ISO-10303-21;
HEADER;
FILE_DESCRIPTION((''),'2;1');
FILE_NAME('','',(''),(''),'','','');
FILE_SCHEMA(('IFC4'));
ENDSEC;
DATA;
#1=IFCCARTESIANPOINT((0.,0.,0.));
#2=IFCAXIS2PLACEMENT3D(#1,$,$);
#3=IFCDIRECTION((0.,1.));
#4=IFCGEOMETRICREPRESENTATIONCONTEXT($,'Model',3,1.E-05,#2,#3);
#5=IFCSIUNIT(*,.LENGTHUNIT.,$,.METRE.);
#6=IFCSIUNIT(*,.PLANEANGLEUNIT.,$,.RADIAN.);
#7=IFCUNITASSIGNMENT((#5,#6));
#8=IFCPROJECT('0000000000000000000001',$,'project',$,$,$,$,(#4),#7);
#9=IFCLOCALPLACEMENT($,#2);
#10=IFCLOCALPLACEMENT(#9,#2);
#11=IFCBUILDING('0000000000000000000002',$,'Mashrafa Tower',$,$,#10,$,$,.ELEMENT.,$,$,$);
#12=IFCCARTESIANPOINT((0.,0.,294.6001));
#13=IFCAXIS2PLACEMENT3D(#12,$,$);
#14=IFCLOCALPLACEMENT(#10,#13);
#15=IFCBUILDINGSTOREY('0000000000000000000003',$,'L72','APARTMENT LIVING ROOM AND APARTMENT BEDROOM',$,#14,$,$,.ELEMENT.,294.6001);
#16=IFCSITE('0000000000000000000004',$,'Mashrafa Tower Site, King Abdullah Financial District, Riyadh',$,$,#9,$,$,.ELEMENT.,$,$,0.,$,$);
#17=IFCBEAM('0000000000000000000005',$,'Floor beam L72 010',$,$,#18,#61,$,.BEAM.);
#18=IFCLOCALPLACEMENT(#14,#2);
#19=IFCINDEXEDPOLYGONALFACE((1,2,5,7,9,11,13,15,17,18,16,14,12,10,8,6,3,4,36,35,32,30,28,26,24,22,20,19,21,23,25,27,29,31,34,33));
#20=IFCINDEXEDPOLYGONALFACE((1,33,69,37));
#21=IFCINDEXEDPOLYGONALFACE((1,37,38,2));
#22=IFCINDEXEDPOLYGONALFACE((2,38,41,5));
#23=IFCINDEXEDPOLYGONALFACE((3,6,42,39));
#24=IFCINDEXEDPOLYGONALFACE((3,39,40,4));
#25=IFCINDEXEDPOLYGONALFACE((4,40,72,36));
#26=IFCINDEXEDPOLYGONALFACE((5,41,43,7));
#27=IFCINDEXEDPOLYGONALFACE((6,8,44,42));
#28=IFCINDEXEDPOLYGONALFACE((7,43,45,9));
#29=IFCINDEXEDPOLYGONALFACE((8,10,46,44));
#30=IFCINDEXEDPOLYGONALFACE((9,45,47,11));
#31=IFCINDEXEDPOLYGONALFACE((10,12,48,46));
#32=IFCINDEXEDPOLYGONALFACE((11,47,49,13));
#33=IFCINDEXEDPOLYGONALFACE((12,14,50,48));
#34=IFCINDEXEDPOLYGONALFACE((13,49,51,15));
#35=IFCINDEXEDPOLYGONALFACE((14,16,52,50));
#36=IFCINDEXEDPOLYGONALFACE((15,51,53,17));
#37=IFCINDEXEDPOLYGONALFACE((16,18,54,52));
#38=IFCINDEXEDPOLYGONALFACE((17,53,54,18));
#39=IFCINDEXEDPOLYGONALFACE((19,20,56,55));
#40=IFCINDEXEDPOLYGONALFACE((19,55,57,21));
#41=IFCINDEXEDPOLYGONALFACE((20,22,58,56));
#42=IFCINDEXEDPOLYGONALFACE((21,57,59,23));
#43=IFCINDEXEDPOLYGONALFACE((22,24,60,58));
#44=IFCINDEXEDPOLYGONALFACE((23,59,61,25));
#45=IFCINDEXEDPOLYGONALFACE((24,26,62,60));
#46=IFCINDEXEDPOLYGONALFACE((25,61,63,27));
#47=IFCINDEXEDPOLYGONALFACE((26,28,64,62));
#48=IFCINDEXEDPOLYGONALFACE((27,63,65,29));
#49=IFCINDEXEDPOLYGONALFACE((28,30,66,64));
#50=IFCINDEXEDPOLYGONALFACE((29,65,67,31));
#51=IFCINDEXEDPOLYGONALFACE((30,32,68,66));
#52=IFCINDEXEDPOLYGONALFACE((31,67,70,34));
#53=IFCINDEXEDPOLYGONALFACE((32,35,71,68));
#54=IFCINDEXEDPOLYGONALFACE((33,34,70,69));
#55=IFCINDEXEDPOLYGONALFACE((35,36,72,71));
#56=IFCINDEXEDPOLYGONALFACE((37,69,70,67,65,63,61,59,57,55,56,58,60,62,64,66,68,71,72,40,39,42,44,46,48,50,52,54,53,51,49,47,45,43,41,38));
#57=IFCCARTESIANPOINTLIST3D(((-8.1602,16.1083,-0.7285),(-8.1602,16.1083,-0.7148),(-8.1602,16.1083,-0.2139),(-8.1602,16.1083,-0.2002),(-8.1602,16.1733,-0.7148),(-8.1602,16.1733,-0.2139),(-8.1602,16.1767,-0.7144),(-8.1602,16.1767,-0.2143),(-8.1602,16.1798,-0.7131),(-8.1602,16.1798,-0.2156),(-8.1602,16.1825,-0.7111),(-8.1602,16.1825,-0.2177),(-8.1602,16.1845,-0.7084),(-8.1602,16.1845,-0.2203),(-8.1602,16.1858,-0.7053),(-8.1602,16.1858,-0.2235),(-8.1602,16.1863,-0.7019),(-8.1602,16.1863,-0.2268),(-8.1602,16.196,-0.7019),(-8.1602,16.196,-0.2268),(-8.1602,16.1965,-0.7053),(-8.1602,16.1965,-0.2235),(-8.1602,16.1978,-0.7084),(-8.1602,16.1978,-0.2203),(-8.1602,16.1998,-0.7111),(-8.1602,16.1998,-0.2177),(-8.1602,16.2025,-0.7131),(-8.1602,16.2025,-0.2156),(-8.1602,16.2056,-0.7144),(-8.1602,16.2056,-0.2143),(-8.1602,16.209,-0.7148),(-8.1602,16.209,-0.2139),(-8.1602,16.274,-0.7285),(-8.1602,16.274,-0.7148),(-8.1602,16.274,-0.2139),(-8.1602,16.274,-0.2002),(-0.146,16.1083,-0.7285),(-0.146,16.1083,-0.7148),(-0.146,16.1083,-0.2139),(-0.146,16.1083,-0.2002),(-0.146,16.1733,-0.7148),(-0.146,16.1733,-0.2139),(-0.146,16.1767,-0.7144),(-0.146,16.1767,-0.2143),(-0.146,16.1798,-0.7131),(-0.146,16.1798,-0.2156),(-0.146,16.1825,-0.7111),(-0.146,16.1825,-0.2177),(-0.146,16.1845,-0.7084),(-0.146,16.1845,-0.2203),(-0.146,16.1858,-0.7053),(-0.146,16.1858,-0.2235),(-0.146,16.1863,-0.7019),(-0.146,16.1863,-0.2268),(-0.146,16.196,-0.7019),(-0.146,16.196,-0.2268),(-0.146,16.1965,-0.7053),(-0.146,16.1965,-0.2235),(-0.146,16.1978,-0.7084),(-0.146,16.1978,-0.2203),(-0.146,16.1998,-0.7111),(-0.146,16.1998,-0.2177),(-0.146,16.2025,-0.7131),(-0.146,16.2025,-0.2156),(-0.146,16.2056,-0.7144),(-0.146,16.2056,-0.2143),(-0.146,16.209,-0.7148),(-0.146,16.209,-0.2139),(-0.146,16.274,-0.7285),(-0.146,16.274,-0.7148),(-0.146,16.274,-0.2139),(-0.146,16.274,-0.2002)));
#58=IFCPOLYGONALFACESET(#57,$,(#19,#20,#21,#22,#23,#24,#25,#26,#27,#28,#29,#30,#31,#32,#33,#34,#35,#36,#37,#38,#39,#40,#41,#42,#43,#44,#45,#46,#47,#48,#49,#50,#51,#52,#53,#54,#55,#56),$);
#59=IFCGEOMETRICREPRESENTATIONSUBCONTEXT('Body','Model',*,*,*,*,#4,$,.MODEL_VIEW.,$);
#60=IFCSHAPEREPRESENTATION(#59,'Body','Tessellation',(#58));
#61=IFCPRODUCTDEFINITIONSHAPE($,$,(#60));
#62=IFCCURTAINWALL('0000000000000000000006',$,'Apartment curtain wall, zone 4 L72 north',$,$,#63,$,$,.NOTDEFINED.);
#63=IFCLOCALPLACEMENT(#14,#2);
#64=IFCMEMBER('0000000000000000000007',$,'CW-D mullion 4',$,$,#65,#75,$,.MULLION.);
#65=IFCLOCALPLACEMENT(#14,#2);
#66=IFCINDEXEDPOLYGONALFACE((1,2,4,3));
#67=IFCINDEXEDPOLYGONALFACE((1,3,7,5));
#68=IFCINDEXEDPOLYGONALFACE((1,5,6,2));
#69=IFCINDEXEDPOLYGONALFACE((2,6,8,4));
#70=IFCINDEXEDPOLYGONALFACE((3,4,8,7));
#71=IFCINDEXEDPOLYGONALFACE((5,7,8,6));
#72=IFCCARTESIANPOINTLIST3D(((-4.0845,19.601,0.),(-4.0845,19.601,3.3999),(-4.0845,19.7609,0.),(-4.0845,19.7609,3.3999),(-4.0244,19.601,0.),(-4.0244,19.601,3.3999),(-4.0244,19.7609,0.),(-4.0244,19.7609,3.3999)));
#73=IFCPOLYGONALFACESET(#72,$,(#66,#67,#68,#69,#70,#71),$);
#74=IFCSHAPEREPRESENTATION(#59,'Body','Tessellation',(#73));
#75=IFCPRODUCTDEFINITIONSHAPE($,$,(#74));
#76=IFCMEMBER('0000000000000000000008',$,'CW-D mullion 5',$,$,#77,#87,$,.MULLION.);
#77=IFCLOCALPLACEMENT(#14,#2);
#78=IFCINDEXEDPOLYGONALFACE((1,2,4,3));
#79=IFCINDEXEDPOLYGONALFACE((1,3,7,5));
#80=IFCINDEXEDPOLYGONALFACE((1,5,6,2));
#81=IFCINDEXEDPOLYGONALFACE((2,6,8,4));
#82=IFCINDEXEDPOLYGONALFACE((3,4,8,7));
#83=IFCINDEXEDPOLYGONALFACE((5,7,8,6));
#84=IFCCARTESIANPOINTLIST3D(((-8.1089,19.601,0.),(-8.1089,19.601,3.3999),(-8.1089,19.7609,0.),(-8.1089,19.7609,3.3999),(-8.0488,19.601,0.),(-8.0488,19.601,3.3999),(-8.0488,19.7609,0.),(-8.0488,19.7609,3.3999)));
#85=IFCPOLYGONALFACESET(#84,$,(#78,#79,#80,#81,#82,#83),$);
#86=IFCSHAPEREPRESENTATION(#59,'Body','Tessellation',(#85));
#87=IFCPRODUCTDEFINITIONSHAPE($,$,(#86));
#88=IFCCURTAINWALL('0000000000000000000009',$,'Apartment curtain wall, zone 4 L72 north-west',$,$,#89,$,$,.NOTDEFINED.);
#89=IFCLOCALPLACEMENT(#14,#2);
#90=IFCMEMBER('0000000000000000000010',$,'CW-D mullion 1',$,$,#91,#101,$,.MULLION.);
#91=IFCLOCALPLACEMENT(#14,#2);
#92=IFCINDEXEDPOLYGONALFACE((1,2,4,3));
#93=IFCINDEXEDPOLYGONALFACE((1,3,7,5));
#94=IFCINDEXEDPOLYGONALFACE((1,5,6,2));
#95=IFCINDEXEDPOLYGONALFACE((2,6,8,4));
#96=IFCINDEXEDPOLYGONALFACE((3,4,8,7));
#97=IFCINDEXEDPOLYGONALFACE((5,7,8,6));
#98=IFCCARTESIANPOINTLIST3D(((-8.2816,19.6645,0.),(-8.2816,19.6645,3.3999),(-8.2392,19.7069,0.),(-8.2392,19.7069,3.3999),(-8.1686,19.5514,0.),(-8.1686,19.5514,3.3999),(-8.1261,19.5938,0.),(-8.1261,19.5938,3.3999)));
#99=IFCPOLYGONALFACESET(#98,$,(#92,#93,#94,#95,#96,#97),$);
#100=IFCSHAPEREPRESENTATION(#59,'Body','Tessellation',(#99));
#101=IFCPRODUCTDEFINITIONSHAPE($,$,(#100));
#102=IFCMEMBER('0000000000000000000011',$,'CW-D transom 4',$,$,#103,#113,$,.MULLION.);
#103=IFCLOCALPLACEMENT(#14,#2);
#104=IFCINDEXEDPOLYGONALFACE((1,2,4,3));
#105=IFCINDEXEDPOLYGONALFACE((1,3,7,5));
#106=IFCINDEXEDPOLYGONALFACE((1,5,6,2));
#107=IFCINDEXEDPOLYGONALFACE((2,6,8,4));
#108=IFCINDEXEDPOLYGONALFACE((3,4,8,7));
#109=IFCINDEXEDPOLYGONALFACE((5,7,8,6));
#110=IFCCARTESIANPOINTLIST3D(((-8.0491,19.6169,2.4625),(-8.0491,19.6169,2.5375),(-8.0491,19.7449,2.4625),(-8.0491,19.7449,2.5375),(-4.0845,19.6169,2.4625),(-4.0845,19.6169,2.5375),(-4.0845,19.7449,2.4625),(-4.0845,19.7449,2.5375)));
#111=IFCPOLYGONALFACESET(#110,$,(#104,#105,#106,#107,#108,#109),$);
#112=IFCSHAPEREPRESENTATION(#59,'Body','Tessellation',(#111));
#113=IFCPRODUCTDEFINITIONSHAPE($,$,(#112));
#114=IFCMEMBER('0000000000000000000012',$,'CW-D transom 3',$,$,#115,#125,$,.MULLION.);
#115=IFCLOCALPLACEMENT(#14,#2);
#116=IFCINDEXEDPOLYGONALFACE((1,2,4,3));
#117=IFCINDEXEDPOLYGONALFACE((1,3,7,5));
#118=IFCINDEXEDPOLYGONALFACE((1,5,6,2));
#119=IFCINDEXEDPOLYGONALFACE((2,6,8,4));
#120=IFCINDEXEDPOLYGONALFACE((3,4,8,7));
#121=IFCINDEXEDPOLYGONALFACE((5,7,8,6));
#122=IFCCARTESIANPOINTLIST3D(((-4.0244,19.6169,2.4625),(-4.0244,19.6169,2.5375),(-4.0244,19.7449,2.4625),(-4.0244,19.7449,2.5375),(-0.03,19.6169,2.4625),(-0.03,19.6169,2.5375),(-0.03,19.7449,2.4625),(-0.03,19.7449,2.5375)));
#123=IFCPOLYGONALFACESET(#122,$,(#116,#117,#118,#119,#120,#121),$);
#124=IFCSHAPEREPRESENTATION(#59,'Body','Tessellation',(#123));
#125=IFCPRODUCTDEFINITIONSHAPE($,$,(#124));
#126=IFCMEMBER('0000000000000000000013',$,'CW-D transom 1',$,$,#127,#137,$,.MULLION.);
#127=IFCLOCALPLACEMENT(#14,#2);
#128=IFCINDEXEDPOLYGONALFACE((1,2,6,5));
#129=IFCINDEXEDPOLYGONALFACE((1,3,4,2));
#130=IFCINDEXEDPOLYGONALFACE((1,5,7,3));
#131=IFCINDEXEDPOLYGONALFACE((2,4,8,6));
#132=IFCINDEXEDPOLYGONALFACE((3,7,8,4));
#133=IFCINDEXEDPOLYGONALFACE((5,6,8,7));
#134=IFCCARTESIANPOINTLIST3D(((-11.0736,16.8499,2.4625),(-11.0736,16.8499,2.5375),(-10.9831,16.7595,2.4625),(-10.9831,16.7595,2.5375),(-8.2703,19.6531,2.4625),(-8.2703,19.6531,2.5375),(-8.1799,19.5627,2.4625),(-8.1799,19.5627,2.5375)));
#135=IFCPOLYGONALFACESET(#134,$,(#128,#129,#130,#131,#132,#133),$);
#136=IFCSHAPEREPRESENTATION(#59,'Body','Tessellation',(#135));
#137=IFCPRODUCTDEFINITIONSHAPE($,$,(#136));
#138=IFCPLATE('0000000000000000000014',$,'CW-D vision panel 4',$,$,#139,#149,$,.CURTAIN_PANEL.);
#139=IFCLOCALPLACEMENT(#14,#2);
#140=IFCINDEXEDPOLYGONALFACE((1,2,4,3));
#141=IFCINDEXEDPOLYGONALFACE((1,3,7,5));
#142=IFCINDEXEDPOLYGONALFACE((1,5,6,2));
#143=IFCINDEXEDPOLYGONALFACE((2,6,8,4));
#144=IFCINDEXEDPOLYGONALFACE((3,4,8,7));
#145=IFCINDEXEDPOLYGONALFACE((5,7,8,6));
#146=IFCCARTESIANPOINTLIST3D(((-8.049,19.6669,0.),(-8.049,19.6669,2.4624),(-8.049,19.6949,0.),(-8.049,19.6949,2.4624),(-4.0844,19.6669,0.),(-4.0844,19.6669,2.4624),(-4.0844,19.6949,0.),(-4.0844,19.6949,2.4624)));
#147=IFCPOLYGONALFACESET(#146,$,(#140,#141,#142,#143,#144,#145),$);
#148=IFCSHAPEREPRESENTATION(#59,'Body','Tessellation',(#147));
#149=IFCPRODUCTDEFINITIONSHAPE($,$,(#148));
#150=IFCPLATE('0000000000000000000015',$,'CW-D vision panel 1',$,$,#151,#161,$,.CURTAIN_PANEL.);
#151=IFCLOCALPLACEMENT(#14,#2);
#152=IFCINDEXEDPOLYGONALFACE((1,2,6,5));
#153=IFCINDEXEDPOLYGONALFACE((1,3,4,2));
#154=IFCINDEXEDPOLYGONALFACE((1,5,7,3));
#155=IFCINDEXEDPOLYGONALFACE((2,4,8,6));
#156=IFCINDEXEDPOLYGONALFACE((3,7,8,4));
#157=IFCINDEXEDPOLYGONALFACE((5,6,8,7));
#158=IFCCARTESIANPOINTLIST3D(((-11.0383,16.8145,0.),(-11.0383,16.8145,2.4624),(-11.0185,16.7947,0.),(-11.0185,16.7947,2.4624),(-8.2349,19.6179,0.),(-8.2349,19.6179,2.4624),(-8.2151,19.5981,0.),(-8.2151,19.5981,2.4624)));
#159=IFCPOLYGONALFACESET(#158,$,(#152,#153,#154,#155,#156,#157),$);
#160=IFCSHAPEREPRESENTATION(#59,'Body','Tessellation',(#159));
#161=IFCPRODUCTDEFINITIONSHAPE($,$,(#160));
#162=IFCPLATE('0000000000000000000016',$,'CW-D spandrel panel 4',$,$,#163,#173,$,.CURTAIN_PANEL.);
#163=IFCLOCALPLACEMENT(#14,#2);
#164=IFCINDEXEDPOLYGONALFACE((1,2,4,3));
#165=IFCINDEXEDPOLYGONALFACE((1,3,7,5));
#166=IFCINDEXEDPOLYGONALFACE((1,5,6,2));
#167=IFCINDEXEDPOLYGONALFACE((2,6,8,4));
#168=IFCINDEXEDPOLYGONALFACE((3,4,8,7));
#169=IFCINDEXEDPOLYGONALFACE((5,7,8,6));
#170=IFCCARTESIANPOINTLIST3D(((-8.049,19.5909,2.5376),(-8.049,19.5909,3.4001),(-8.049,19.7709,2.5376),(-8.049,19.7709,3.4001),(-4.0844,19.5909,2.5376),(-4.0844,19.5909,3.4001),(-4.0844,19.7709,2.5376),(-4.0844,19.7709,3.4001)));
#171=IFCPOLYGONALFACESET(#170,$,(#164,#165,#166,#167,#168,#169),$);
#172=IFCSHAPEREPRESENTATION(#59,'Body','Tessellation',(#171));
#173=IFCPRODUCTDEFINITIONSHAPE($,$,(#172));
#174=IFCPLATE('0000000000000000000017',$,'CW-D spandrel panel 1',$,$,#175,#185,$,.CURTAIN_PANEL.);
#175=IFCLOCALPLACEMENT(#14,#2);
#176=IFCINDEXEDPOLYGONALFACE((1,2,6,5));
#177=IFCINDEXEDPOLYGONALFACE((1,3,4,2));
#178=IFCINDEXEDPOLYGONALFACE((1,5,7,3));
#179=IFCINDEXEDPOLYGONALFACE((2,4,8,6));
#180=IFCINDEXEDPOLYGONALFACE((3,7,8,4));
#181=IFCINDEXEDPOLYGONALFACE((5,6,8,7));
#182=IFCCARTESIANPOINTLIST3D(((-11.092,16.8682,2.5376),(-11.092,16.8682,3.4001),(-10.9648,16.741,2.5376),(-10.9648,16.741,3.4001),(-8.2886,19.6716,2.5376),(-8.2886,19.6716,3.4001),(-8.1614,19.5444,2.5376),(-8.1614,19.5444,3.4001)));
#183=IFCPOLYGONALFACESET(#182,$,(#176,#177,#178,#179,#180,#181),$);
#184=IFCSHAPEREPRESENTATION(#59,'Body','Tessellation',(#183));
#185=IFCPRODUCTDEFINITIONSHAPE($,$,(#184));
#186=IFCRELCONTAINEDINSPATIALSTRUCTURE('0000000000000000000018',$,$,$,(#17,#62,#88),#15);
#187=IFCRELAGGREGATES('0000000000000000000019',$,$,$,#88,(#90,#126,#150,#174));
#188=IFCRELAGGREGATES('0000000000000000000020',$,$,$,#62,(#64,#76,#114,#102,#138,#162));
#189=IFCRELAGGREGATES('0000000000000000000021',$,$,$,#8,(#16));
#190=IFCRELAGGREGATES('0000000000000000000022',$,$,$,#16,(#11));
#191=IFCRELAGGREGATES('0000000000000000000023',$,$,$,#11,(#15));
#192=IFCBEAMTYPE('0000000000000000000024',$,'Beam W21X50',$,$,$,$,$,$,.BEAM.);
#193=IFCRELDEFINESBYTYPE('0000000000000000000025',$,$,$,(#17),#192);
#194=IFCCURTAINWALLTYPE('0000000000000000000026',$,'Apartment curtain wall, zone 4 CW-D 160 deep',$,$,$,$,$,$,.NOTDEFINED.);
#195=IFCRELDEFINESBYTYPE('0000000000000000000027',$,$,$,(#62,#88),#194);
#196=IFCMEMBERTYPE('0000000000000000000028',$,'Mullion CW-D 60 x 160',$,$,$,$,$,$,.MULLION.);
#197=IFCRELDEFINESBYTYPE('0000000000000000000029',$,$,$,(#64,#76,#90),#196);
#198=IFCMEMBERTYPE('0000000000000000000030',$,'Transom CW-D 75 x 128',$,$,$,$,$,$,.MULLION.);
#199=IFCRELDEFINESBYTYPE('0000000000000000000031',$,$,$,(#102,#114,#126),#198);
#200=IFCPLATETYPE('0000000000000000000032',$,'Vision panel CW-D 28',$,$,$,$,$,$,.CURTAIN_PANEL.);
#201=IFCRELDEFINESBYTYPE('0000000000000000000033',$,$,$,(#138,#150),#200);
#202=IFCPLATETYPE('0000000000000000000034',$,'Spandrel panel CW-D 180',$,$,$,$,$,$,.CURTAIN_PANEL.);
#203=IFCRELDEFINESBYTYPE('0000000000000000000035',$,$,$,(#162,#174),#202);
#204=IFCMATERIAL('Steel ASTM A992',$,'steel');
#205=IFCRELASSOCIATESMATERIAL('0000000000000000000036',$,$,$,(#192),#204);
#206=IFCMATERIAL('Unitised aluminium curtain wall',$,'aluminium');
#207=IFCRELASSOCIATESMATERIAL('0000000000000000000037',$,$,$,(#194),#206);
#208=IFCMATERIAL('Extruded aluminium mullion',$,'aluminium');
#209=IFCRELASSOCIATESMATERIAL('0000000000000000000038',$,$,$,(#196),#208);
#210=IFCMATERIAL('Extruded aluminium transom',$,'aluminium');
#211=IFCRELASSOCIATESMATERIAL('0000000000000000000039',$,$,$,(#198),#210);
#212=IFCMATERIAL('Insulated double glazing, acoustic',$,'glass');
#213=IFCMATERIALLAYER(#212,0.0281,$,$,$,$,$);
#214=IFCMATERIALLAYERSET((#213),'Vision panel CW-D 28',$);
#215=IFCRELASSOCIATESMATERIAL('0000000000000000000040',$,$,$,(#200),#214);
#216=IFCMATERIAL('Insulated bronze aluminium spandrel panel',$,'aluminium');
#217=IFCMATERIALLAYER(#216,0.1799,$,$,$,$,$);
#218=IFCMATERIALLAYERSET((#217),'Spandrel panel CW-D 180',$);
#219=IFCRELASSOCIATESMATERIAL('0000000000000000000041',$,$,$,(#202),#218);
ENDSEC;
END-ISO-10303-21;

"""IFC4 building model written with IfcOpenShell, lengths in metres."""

from ifc_helpers import new_model, si_unit, direction, frame, origin, origin_2d, place, context, subcontext, project, spatial, rectangle, i_section, extrude, source, transform, mapped, material, layer, layer_set, material_profile, profile_set, type_object, type_shapes, element, aggregate, save


model = new_model("IFC4")

# Units and contexts
model_context = context("Model", 3, precision=1e-05, world=origin(), true_north=direction((0.0, 1.0)))
body_context = subcontext(model_context, "Body", "Model", "MODEL_VIEW")
ifc_project = project(units=[si_unit("LENGTHUNIT", "METRE"), si_unit("PLANEANGLEUNIT", "RADIAN")], contexts=[model_context])

# Site, building, storey
site_placement = place(None, origin())
site = spatial("IfcSite", under=ifc_project, at=site_placement, Name="Mashrafa Tower Site, King Abdullah Financial District, Riyadh", CompositionType="ELEMENT", RefElevation=0.0)
building_placement = place(site_placement, origin())
building = spatial("IfcBuilding", under=site, at=building_placement, Name="Mashrafa Tower", CompositionType="ELEMENT")
storey_placement = place(building_placement, frame((0.0, 0.0, 294.6001)))
storey = spatial("IfcBuildingStorey", under=building, at=storey_placement, Name="L72", Description="APARTMENT LIVING ROOM AND APARTMENT BEDROOM", CompositionType="ELEMENT", Elevation=294.6001)

# Beam
ifc_material_1 = material(Name="Steel ASTM A992", Category="steel")
ifc_material_profile_1 = material_profile(ifc_material_1, i_section(OverallWidth=0.1658, OverallDepth=0.5283, WebThickness=0.0098, FlangeThickness=0.0137, FilletRadius=0.0129, at=origin_2d()), Name="W21X50")
ifc_profile_set_1 = profile_set([ifc_material_profile_1], Name="Steel ASTM A992")
beam_type_1 = type_object("IfcBeamType", Name="Beam W21X50", PredefinedType="BEAM", material=ifc_profile_set_1)
beam_1_placement = place(storey_placement, frame((-8.1602, 16.1912, -0.4644), z_axis=(1.0, 0.0, 0.0), x_axis=(0.0, 1.0, 0.0)))
element("IfcBeam", 1, at=beam_1_placement, inside=storey, type_object=beam_type_1, Name="Floor beam L72 010", PredefinedType="BEAM", context=body_context, shape_type="SweptSolid", body=[
    extrude(i_section(OverallWidth=0.1658, OverallDepth=0.5283, WebThickness=0.0098, FlangeThickness=0.0137, FilletRadius=0.0129, at=origin_2d()), origin(), (0.0, 0.0, 1.0), 8.0142),
])

# Curtain wall, members
ifc_material_2 = material(Name="Unitised aluminium curtain wall", Category="aluminium")
curtain_wall_type = type_object("IfcCurtainWallType", Name="Apartment curtain wall, zone 4 CW-D 160 deep", PredefinedType="NOTDEFINED", material=ifc_material_2)
curtain_wall_1_placement = place(storey_placement, origin())
curtain_wall_1 = element("IfcCurtainWall", 2, at=curtain_wall_1_placement, inside=storey, type_object=curtain_wall_type, Name="Apartment curtain wall, zone 4 L72 north", PredefinedType="NOTDEFINED")
ifc_material_3 = material(Name="Extruded aluminium mullion", Category="aluminium")
ifc_material_profile_2 = material_profile(ifc_material_3, rectangle(XDim=0.1599, YDim=0.0601, at=origin_2d()), Name="Mullion 60x160")
ifc_profile_set_2 = profile_set([ifc_material_profile_2], Name="Extruded aluminium mullion")
member_type_1 = type_object("IfcMemberType", Name="Mullion CW-D 60 x 160", PredefinedType="MULLION", material=ifc_profile_set_2)
shared_shape_1 = source(origin(), body_context, "Body", "SweptSolid", [
    extrude(rectangle(XDim=0.1599, YDim=0.0601, at=origin_2d()), origin(), (0.0, 0.0, 1.0), 3.3999),
])
type_shapes(member_type_1, [shared_shape_1])
member_1_placement = place(storey_placement, frame((-4.0544, 19.6809, 0.0), z_axis=(0.0, 0.0, 1.0), x_axis=(0.0, -1.0, 0.0)))
member_1 = element("IfcMember", 3, at=member_1_placement, type_object=member_type_1, Name="CW-D mullion 4", PredefinedType="MULLION", context=body_context, shape_type="MappedRepresentation", body=[
    mapped(shared_shape_1, transform((0.0, 0.0, 0.0))),
])
member_2_placement = place(storey_placement, frame((-8.0789, 19.6809, 0.0), z_axis=(0.0, 0.0, 1.0), x_axis=(0.0, -1.0, 0.0)))
member_2 = element("IfcMember", 4, at=member_2_placement, type_object=member_type_1, Name="CW-D mullion 5", PredefinedType="MULLION", context=body_context, shape_type="MappedRepresentation", body=[
    mapped(shared_shape_1, transform((0.0, 0.0, 0.0))),
])

# Curtain wall, member
curtain_wall_2_placement = place(storey_placement, origin())
curtain_wall_2 = element("IfcCurtainWall", 5, at=curtain_wall_2_placement, inside=storey, type_object=curtain_wall_type, Name="Apartment curtain wall, zone 4 L72 north-west", PredefinedType="NOTDEFINED")
member_3_placement = place(storey_placement, frame((-8.2039, 19.6292, 0.0), z_axis=(0.0, 0.0, 1.0), x_axis=(0.707107, -0.707107, 0.0)))
member_3 = element("IfcMember", 6, at=member_3_placement, type_object=member_type_1, Name="CW-D mullion 1", PredefinedType="MULLION", context=body_context, shape_type="MappedRepresentation", body=[
    mapped(shared_shape_1, transform((0.0, 0.0, 0.0))),
])

# Members
ifc_material_4 = material(Name="Extruded aluminium transom", Category="aluminium")
ifc_material_profile_3 = material_profile(ifc_material_4, rectangle(XDim=0.1279, YDim=0.075, at=origin_2d()), Name="Transom 75x128")
ifc_profile_set_3 = profile_set([ifc_material_profile_3], Name="Extruded aluminium transom")
member_type_2 = type_object("IfcMemberType", Name="Transom CW-D 75 x 128", PredefinedType="MULLION", material=ifc_profile_set_3)
shared_shape_2 = source(origin(), body_context, "Body", "SweptSolid", [
    extrude(rectangle(XDim=0.1279, YDim=0.075, at=origin_2d()), origin(), (0.0, 0.0, 1.0), 3.9646),
])
member_4_placement = place(storey_placement, frame((-4.0845, 19.6809, 2.5), z_axis=(-1.0, 0.0, 0.0), x_axis=(0.0, -1.0, 0.0)))
member_4 = element("IfcMember", 7, at=member_4_placement, type_object=member_type_2, Name="CW-D transom 4", PredefinedType="MULLION", context=body_context, shape_type="MappedRepresentation", body=[
    mapped(shared_shape_2, transform((0.0, 0.0, 0.0))),
])
shared_shape_3 = source(origin(), body_context, "Body", "SweptSolid", [
    extrude(rectangle(XDim=0.1279, YDim=0.075, at=origin_2d()), origin(), (0.0, 0.0, 1.0), 3.9944),
])
member_5_placement = place(storey_placement, frame((-0.03, 19.6809, 2.5), z_axis=(-1.0, 0.0, 0.0), x_axis=(0.0, -1.0, 0.0)))
member_5 = element("IfcMember", 8, at=member_5_placement, type_object=member_type_2, Name="CW-D transom 3", PredefinedType="MULLION", context=body_context, shape_type="MappedRepresentation", body=[
    mapped(shared_shape_3, transform((0.0, 0.0, 0.0))),
])
shared_shape_4 = source(origin(), body_context, "Body", "SweptSolid", [
    extrude(rectangle(XDim=0.1279, YDim=0.075, at=origin_2d()), origin(), (0.0, 0.0, 1.0), 3.9644),
])
type_shapes(member_type_2, [shared_shape_2, shared_shape_3, shared_shape_4])
member_6_placement = place(storey_placement, frame((-8.2251, 19.6079, 2.5), z_axis=(-0.707107, -0.707107, 0.0), x_axis=(0.707107, -0.707107, 0.0)))
member_6 = element("IfcMember", 9, at=member_6_placement, type_object=member_type_2, Name="CW-D transom 1", PredefinedType="MULLION", context=body_context, shape_type="MappedRepresentation", body=[
    mapped(shared_shape_4, transform((0.0, 0.0, 0.0))),
])

# Plates
ifc_material_5 = material(Name="Insulated double glazing, acoustic", Category="glass")
ifc_layer_1 = layer(ifc_material_5, 0.0281)
ifc_layer_set_1 = layer_set([ifc_layer_1], Name="Vision panel CW-D 28")
plate_type_1 = type_object("IfcPlateType", Name="Vision panel CW-D 28", PredefinedType="CURTAIN_PANEL", material=ifc_layer_set_1)
shared_shape_5 = source(origin(), body_context, "Body", "SweptSolid", [
    extrude(rectangle(XDim=3.9646, YDim=0.0281, at=origin_2d()), origin(), (0.0, 0.0, 1.0), 2.4624),
])
plate_1_placement = place(storey_placement, frame((-6.0667, 19.6809, 0.0), z_axis=(0.0, 0.0, 1.0), x_axis=(-1.0, 0.0, 0.0)))
plate_1 = element("IfcPlate", 10, at=plate_1_placement, type_object=plate_type_1, Name="CW-D vision panel 4", PredefinedType="CURTAIN_PANEL", context=body_context, shape_type="MappedRepresentation", body=[
    mapped(shared_shape_5, transform((0.0, 0.0, 0.0))),
])
plate_2_placement = place(storey_placement, frame((-9.6267, 18.2063, 0.0), z_axis=(0.0, 0.0, 1.0), x_axis=(-0.707107, -0.707107, 0.0)))
plate_2 = element("IfcPlate", 11, at=plate_2_placement, type_object=plate_type_1, Name="CW-D vision panel 1", PredefinedType="CURTAIN_PANEL", context=body_context, shape_type="MappedRepresentation", body=[
    mapped(shared_shape_5, transform((0.0, 0.0, 0.0))),
])
ifc_material_6 = material(Name="Insulated bronze aluminium spandrel panel", Category="aluminium")
ifc_layer_2 = layer(ifc_material_6, 0.1799)
ifc_layer_set_2 = layer_set([ifc_layer_2], Name="Spandrel panel CW-D 180")
plate_type_2 = type_object("IfcPlateType", Name="Spandrel panel CW-D 180", PredefinedType="CURTAIN_PANEL", material=ifc_layer_set_2)
shared_shape_6 = source(origin(), body_context, "Body", "SweptSolid", [
    extrude(rectangle(XDim=3.9646, YDim=0.1799, at=origin_2d()), origin(), (0.0, 0.0, 1.0), 0.8625),
])
plate_3_placement = place(storey_placement, frame((-6.0667, 19.6809, 2.5376), z_axis=(0.0, 0.0, 1.0), x_axis=(-1.0, 0.0, 0.0)))
plate_3 = element("IfcPlate", 12, at=plate_3_placement, type_object=plate_type_2, Name="CW-D spandrel panel 4", PredefinedType="CURTAIN_PANEL", context=body_context, shape_type="MappedRepresentation", body=[
    mapped(shared_shape_6, transform((0.0, 0.0, 0.0))),
])
plate_4_placement = place(storey_placement, frame((-9.6267, 18.2063, 2.5376), z_axis=(0.0, 0.0, 1.0), x_axis=(-0.707107, -0.707107, 0.0)))
plate_4 = element("IfcPlate", 13, at=plate_4_placement, type_object=plate_type_2, Name="CW-D spandrel panel 1", PredefinedType="CURTAIN_PANEL", context=body_context, shape_type="MappedRepresentation", body=[
    mapped(shared_shape_6, transform((0.0, 0.0, 0.0))),
])
aggregate(curtain_wall_2, [member_3, member_6, plate_2, plate_4])
aggregate(curtain_wall_1, [member_1, member_2, member_5, member_4, plate_1, plate_3])

save(model, "model.ifc")
